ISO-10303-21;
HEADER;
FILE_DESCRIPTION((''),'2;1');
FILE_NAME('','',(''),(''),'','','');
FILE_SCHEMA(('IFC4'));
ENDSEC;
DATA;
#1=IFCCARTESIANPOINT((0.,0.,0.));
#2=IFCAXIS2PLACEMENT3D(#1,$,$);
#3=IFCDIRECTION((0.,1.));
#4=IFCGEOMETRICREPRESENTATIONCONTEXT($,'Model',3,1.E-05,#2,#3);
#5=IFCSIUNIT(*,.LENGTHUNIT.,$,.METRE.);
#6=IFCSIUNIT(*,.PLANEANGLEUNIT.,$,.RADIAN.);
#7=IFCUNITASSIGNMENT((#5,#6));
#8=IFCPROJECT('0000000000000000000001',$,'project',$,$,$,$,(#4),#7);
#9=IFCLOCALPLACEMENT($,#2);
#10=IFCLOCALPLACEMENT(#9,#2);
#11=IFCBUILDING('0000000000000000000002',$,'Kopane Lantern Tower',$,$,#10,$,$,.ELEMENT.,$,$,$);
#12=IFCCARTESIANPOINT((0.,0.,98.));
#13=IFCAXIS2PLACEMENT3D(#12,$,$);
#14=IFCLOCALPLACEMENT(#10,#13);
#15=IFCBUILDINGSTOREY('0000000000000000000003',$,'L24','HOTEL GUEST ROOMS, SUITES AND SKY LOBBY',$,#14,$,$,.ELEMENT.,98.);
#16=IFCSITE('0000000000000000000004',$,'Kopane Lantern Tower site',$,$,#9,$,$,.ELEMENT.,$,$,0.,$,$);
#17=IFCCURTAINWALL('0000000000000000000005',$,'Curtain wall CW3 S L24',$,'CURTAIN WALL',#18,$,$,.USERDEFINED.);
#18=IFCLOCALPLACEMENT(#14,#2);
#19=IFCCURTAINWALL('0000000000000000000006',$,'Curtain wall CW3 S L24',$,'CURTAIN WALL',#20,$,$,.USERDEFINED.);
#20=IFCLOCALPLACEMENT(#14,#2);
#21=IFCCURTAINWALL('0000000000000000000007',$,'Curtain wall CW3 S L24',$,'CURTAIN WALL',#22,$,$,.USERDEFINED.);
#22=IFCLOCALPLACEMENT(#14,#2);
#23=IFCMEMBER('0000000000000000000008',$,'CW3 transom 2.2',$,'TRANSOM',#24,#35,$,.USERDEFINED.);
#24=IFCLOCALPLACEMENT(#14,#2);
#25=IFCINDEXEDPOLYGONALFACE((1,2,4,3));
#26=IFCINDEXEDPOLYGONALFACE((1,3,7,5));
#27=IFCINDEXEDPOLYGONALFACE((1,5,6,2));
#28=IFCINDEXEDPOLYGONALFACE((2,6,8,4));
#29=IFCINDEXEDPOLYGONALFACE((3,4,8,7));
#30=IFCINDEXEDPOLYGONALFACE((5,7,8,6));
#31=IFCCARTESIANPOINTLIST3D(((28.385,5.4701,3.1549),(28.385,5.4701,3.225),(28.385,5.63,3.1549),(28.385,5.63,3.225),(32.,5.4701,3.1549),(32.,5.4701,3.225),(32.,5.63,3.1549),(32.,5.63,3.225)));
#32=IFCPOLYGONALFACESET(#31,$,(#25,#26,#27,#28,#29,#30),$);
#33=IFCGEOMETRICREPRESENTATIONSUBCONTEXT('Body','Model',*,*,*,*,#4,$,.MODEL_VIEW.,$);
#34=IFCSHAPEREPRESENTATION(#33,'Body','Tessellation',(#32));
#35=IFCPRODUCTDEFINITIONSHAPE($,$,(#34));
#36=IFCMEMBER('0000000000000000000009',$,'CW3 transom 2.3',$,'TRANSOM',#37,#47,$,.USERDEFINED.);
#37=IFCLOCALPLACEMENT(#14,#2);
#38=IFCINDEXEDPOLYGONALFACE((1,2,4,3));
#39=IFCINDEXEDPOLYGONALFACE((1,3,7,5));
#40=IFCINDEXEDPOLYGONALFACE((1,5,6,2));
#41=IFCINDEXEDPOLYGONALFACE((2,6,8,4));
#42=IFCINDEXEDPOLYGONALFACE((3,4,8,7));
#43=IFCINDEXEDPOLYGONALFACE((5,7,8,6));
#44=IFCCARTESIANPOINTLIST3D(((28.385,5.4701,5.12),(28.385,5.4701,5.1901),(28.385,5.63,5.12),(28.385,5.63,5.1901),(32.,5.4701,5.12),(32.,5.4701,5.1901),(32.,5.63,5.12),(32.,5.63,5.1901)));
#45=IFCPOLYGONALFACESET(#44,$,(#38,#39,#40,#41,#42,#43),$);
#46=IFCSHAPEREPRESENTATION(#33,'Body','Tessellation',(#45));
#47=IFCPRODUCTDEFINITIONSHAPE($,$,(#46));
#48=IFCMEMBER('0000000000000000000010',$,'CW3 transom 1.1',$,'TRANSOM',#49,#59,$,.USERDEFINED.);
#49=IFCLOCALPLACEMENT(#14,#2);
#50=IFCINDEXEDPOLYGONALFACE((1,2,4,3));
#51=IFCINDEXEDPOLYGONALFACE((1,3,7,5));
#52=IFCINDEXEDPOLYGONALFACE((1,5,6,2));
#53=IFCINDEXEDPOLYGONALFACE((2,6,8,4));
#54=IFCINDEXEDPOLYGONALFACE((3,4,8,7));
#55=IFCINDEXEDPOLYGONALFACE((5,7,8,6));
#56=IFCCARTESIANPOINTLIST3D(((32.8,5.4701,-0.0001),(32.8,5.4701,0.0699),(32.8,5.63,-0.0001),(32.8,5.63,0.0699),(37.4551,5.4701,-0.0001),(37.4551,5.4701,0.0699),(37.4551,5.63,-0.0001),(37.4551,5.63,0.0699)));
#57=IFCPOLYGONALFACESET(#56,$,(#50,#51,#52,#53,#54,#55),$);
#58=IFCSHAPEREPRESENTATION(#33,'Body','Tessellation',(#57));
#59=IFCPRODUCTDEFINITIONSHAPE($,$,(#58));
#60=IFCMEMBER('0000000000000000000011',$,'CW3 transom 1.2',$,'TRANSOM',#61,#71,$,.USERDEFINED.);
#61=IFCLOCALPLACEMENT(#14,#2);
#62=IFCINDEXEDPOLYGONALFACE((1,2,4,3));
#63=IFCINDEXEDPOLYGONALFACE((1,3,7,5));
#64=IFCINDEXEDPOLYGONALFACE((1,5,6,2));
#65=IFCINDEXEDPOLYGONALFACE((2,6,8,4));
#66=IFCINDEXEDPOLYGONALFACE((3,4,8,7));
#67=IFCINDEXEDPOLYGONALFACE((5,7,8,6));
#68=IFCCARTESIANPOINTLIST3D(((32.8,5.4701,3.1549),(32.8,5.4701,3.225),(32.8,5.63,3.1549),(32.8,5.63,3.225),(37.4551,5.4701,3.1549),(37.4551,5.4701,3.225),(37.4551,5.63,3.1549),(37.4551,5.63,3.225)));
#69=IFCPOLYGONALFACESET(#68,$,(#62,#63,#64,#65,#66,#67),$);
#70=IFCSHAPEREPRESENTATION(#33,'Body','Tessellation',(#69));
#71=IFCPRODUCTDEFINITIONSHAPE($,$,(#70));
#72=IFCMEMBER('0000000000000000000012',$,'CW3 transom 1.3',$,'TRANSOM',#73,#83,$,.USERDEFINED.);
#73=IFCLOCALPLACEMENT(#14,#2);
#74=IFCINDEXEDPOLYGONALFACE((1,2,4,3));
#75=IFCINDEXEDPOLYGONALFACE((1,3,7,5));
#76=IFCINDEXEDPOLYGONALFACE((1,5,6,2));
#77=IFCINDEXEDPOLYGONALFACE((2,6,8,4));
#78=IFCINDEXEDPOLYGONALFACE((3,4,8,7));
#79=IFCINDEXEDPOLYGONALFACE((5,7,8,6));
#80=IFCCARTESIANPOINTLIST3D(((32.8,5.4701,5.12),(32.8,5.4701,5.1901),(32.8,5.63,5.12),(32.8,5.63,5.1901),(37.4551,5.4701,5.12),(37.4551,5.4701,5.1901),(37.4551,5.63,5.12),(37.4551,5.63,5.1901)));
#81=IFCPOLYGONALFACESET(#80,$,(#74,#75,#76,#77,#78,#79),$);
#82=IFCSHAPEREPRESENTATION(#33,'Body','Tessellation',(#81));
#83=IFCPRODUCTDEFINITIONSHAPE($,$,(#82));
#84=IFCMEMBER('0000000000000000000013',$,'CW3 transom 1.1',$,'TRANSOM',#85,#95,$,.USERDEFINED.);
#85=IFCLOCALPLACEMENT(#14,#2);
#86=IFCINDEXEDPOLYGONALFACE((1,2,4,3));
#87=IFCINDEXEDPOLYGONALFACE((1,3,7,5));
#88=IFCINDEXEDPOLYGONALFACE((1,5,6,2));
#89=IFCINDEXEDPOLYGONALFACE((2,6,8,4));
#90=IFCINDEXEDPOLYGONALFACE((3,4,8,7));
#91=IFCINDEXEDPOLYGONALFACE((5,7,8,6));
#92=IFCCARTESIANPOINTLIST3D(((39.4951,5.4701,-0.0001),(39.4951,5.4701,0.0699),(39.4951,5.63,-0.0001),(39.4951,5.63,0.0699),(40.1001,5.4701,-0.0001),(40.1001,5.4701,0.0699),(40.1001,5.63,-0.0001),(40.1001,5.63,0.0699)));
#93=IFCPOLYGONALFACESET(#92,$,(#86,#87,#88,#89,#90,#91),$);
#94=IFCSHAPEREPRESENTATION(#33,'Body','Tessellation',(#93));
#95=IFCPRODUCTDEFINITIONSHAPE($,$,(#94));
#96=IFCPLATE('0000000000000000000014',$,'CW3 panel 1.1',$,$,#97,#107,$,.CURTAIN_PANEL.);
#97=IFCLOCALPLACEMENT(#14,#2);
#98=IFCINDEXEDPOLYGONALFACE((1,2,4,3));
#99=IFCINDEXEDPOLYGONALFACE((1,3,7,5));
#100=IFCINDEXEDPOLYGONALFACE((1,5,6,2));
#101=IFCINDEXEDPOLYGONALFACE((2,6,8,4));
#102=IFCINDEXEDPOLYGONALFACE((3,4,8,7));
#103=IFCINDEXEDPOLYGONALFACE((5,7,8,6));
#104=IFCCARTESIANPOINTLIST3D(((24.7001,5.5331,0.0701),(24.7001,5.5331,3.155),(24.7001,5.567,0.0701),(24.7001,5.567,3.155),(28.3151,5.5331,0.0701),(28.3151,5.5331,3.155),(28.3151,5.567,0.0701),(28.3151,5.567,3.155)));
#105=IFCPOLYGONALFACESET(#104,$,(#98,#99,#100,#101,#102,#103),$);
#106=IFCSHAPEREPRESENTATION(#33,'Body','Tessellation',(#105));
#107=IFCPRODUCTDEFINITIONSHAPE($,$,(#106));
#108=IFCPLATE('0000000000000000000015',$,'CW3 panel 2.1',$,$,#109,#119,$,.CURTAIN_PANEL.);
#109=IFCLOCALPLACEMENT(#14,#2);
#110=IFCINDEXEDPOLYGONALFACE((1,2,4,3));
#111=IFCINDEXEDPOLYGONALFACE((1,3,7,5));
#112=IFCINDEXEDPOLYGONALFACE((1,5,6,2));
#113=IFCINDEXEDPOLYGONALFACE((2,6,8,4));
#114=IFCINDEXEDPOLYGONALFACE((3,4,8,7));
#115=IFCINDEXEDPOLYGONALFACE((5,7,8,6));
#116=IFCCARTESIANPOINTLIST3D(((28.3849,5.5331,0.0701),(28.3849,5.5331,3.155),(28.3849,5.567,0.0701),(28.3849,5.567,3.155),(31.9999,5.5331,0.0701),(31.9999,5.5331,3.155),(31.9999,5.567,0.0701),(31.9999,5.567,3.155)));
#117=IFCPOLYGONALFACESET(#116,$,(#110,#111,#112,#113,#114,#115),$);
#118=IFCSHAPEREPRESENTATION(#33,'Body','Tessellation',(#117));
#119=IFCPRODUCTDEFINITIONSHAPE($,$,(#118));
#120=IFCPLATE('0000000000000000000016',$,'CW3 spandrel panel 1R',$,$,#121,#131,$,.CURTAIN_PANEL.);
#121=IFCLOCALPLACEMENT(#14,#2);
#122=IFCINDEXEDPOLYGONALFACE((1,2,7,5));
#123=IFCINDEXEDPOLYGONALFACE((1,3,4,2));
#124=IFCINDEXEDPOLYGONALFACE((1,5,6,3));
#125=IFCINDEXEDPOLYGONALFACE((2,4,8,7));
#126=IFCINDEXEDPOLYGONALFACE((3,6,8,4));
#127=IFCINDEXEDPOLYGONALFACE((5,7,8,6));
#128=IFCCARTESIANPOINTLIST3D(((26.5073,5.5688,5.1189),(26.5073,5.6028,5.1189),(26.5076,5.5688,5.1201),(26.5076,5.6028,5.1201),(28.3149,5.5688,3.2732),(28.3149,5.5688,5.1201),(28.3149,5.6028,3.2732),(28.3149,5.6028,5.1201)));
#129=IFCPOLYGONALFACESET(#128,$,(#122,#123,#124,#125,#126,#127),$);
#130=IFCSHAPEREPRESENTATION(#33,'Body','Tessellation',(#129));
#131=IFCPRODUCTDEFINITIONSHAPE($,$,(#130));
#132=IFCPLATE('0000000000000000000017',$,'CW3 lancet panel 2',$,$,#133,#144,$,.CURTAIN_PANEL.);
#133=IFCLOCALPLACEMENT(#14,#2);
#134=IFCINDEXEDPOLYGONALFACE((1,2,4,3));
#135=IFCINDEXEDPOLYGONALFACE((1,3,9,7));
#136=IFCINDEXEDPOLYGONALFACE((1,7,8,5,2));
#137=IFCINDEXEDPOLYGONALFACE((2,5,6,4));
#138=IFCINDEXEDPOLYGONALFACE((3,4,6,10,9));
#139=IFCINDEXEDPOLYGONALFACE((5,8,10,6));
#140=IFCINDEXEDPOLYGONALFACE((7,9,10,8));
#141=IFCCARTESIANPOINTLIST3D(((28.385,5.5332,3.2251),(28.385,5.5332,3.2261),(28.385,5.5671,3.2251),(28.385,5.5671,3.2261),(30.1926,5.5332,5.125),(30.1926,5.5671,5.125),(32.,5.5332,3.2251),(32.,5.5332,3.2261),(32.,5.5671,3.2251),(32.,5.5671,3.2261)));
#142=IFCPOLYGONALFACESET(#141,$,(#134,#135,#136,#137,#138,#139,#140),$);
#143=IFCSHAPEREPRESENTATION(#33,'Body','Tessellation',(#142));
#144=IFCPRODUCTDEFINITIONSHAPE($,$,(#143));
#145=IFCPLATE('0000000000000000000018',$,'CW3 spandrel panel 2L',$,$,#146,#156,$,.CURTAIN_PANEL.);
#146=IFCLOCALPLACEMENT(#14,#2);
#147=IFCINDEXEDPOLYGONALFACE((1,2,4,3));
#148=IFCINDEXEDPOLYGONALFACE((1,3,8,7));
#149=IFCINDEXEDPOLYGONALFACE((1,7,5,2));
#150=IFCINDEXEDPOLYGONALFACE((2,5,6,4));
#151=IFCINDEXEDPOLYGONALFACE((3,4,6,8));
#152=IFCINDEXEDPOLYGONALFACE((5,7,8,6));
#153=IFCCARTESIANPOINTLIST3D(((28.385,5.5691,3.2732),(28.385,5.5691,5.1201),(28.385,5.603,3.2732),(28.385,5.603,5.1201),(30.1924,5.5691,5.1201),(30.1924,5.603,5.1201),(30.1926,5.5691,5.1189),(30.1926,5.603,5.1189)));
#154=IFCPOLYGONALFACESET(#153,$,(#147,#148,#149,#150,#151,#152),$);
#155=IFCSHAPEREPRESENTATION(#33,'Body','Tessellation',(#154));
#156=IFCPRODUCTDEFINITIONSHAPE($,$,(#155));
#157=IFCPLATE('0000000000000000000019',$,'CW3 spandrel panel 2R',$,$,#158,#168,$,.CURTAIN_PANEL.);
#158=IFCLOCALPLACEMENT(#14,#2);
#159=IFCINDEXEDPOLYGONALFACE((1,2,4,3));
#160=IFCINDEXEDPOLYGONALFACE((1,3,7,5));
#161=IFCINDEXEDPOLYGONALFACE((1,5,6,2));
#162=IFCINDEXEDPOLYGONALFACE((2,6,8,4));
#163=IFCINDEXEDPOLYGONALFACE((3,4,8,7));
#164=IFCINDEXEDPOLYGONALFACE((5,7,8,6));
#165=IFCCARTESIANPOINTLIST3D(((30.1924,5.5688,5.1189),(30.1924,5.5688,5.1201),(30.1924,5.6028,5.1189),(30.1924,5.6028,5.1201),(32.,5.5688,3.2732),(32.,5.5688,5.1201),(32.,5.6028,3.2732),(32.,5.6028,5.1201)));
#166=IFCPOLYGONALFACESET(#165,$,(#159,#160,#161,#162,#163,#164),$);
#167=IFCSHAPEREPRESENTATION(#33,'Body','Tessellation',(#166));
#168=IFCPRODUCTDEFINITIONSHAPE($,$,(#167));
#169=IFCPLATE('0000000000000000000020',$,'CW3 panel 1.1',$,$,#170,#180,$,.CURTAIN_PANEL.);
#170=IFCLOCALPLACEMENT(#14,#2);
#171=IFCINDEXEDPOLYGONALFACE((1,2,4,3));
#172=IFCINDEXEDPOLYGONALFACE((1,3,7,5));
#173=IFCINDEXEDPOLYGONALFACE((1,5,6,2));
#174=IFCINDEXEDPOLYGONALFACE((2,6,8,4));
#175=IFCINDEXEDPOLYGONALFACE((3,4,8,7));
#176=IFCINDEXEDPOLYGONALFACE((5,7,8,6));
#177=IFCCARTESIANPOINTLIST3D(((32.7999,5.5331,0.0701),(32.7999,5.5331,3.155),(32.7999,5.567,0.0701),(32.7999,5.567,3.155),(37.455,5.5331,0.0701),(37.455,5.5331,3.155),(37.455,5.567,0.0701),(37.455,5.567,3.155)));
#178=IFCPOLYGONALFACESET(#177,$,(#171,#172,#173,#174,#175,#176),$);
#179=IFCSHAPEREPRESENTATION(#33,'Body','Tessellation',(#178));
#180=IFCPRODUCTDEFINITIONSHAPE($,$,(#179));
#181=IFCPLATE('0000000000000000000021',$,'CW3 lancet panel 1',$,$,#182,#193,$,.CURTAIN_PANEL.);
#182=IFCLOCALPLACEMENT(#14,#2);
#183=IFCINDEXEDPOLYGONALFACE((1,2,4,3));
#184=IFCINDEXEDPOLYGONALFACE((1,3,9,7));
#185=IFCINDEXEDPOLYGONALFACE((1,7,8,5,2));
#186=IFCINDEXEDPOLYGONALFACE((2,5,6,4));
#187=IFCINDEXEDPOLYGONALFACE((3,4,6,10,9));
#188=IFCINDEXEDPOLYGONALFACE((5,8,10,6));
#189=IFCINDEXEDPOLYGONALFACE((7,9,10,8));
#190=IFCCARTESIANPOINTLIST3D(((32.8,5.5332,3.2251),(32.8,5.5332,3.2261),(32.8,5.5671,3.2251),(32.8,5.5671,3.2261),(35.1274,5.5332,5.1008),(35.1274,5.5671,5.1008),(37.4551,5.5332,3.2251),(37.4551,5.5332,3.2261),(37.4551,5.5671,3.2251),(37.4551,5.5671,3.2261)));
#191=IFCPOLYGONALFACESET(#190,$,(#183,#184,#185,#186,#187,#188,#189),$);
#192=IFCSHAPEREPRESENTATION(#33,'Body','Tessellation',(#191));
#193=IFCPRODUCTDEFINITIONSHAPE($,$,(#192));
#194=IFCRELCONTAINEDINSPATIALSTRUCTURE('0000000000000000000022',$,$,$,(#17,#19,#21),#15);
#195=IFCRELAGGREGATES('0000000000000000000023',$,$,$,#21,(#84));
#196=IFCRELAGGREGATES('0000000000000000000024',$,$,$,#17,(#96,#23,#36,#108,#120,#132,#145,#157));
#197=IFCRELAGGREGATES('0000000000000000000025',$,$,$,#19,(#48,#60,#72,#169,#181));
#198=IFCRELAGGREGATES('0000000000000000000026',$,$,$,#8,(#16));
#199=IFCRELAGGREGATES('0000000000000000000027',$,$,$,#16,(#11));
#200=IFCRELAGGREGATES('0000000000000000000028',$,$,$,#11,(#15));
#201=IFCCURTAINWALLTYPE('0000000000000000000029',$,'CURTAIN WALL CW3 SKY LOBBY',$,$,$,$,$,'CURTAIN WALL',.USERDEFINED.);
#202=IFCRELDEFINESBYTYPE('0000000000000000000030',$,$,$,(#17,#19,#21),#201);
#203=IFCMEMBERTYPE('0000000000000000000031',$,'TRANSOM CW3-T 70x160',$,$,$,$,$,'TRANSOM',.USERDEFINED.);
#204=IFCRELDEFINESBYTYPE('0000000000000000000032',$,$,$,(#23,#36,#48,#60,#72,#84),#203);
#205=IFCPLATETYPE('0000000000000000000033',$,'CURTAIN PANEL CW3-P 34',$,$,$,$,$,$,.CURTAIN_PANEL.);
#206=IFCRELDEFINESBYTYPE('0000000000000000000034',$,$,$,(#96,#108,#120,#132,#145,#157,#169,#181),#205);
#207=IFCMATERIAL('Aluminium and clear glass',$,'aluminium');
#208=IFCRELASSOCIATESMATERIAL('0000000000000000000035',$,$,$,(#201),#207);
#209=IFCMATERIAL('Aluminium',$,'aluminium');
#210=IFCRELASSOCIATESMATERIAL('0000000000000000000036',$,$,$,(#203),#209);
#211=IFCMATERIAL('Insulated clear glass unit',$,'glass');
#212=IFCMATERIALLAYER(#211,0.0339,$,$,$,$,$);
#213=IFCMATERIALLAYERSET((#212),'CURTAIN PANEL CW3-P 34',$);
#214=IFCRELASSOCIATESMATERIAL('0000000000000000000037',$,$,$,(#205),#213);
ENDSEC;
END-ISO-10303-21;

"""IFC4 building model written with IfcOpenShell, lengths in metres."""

from ifc_helpers import new_model, si_unit, direction, frame, origin, origin_2d, place, context, subcontext, project, spatial, polyline, rectangle, outline, extrude, material, layer, layer_set, material_profile, profile_set, type_object, element, aggregate, save


model = new_model("IFC4")

# Units and contexts
model_context = context("Model", 3, precision=1e-05, world=origin(), true_north=direction((0.0, 1.0)))
body_context = subcontext(model_context, "Body", "Model", "MODEL_VIEW")
ifc_project = project(units=[si_unit("LENGTHUNIT", "METRE"), si_unit("PLANEANGLEUNIT", "RADIAN")], contexts=[model_context])

# Site, building, storey
site_placement = place(None, origin())
site = spatial("IfcSite", under=ifc_project, at=site_placement, Name="Kopane Lantern Tower site", CompositionType="ELEMENT", RefElevation=0.0)
building_placement = place(site_placement, origin())
building = spatial("IfcBuilding", under=site, at=building_placement, Name="Kopane Lantern Tower", CompositionType="ELEMENT")
storey_placement = place(building_placement, frame((0.0, 0.0, 98.0)))
storey = spatial("IfcBuildingStorey", under=building, at=storey_placement, Name="L24", Description="HOTEL GUEST ROOMS, SUITES AND SKY LOBBY", CompositionType="ELEMENT", Elevation=98.0)

# Curtain walls
ifc_material_1 = material(Name="Aluminium and clear glass", Category="aluminium")
curtain_wall_type = type_object("IfcCurtainWallType", Name="CURTAIN WALL CW3 SKY LOBBY", ElementType="CURTAIN WALL", PredefinedType="USERDEFINED", material=ifc_material_1)
curtain_wall_1_placement = place(storey_placement, origin())
curtain_wall_1 = element("IfcCurtainWall", 1, at=curtain_wall_1_placement, inside=storey, type_object=curtain_wall_type, Name="Curtain wall CW3 S L24", ObjectType="CURTAIN WALL", PredefinedType="USERDEFINED")
curtain_wall_2_placement = place(storey_placement, origin())
curtain_wall_2 = element("IfcCurtainWall", 2, at=curtain_wall_2_placement, inside=storey, type_object=curtain_wall_type, Name="Curtain wall CW3 S L24", ObjectType="CURTAIN WALL", PredefinedType="USERDEFINED")

# Curtain wall
curtain_wall_3_placement = place(storey_placement, origin())
curtain_wall_3 = element("IfcCurtainWall", 3, at=curtain_wall_3_placement, inside=storey, type_object=curtain_wall_type, Name="Curtain wall CW3 S L24", ObjectType="CURTAIN WALL", PredefinedType="USERDEFINED")

# Members
ifc_material_2 = material(Name="Aluminium", Category="aluminium")
ifc_material_profile_1 = material_profile(ifc_material_2, rectangle(XDim=0.1599, YDim=0.0701, at=origin_2d()), Name="AL 160x70")
ifc_profile_set_1 = profile_set([ifc_material_profile_1], Name="Aluminium")
member_type_1 = type_object("IfcMemberType", Name="TRANSOM CW3-T 70x160", ElementType="TRANSOM", PredefinedType="USERDEFINED", material=ifc_profile_set_1)
member_1_placement = place(storey_placement, frame((28.385, 5.55, 3.1899), z_axis=(1.0, 0.0, 0.0), x_axis=(0.0, 1.0, 0.0)))
member_1 = element("IfcMember", 4, at=member_1_placement, type_object=member_type_1, Name="CW3 transom 2.2", ObjectType="TRANSOM", PredefinedType="USERDEFINED", context=body_context, shape_type="SweptSolid", body=[
    extrude(rectangle(XDim=0.1599, YDim=0.0701, at=origin_2d()), origin(), (0.0, 0.0, 1.0), 3.615),
])
member_2_placement = place(storey_placement, frame((28.385, 5.55, 5.155), z_axis=(1.0, 0.0, 0.0), x_axis=(0.0, 1.0, 0.0)))
member_2 = element("IfcMember", 5, at=member_2_placement, type_object=member_type_1, Name="CW3 transom 2.3", ObjectType="TRANSOM", PredefinedType="USERDEFINED", context=body_context, shape_type="SweptSolid", body=[
    extrude(rectangle(XDim=0.1599, YDim=0.0701, at=origin_2d()), origin(), (0.0, 0.0, 1.0), 3.615),
])
member_3_placement = place(storey_placement, frame((32.8, 5.55, 0.0349), z_axis=(1.0, 0.0, 0.0), x_axis=(0.0, 1.0, 0.0)))
member_3 = element("IfcMember", 6, at=member_3_placement, type_object=member_type_1, Name="CW3 transom 1.1", ObjectType="TRANSOM", PredefinedType="USERDEFINED", context=body_context, shape_type="SweptSolid", body=[
    extrude(rectangle(XDim=0.1599, YDim=0.0701, at=origin_2d()), origin(), (0.0, 0.0, 1.0), 4.655),
])
member_4_placement = place(storey_placement, frame((32.8, 5.55, 3.1899), z_axis=(1.0, 0.0, 0.0), x_axis=(0.0, 1.0, 0.0)))
member_4 = element("IfcMember", 7, at=member_4_placement, type_object=member_type_1, Name="CW3 transom 1.2", ObjectType="TRANSOM", PredefinedType="USERDEFINED", context=body_context, shape_type="SweptSolid", body=[
    extrude(rectangle(XDim=0.1599, YDim=0.0701, at=origin_2d()), origin(), (0.0, 0.0, 1.0), 4.655),
])
member_5_placement = place(storey_placement, frame((32.8, 5.55, 5.155), z_axis=(1.0, 0.0, 0.0), x_axis=(0.0, 1.0, 0.0)))
member_5 = element("IfcMember", 8, at=member_5_placement, type_object=member_type_1, Name="CW3 transom 1.3", ObjectType="TRANSOM", PredefinedType="USERDEFINED", context=body_context, shape_type="SweptSolid", body=[
    extrude(rectangle(XDim=0.1599, YDim=0.0701, at=origin_2d()), origin(), (0.0, 0.0, 1.0), 4.655),
])
member_6_placement = place(storey_placement, frame((39.4951, 5.55, 0.0349), z_axis=(1.0, 0.0, 0.0), x_axis=(0.0, 1.0, 0.0)))
member_6 = element("IfcMember", 9, at=member_6_placement, type_object=member_type_1, Name="CW3 transom 1.1", ObjectType="TRANSOM", PredefinedType="USERDEFINED", context=body_context, shape_type="SweptSolid", body=[
    extrude(rectangle(XDim=0.1599, YDim=0.0701, at=origin_2d()), origin(), (0.0, 0.0, 1.0), 0.605),
])
aggregate(curtain_wall_3, [member_6])

# Plates
ifc_material_3 = material(Name="Insulated clear glass unit", Category="glass")
ifc_layer_1 = layer(ifc_material_3, 0.0339)
ifc_layer_set_1 = layer_set([ifc_layer_1], Name="CURTAIN PANEL CW3-P 34")
plate_type = type_object("IfcPlateType", Name="CURTAIN PANEL CW3-P 34", PredefinedType="CURTAIN_PANEL", material=ifc_layer_set_1)
plate_1_placement = place(storey_placement, frame((26.5076, 5.55, 0.0701), z_axis=(0.0, 0.0, 1.0), x_axis=(1.0, 0.0, 0.0)))
plate_1 = element("IfcPlate", 10, at=plate_1_placement, type_object=plate_type, Name="CW3 panel 1.1", PredefinedType="CURTAIN_PANEL", context=body_context, shape_type="SweptSolid", body=[
    extrude(rectangle(XDim=3.615, YDim=0.0339, at=origin_2d()), origin(), (0.0, 0.0, 1.0), 3.085),
])
plate_2_placement = place(storey_placement, frame((30.1924, 5.55, 0.0701), z_axis=(0.0, 0.0, 1.0), x_axis=(1.0, 0.0, 0.0)))
plate_2 = element("IfcPlate", 11, at=plate_2_placement, type_object=plate_type, Name="CW3 panel 2.1", PredefinedType="CURTAIN_PANEL", context=body_context, shape_type="SweptSolid", body=[
    extrude(rectangle(XDim=3.615, YDim=0.0339, at=origin_2d()), origin(), (0.0, 0.0, 1.0), 3.085),
])
plate_3_placement = place(storey_placement, frame((28.3149, 5.5859, 5.1201), z_axis=(0.0, 0.0, 1.0), x_axis=(-1.0, 0.0, 0.0)))
plate_3 = element("IfcPlate", 12, at=plate_3_placement, type_object=plate_type, Name="CW3 spandrel panel 1R", PredefinedType="CURTAIN_PANEL", context=body_context, shape_type="SweptSolid", body=[
    extrude(outline(polyline([(0.0, 0.0), (1.8074, 0.0), (1.8076, -0.0012), (0.0, -1.8469), (0.0, 0.0)])), frame((0.0, 0.0171, 0.0), z_axis=(0.0, -1.0, 0.0), x_axis=(1.0, 0.0, 0.0)), (0.0, 0.0, 1.0), 0.0339),
])
plate_4_placement = place(storey_placement, frame((28.385, 5.55, 3.2251), z_axis=(0.0, 0.0, 1.0), x_axis=(1.0, 0.0, 0.0)))
plate_4 = element("IfcPlate", 13, at=plate_4_placement, type_object=plate_type, Name="CW3 lancet panel 2", PredefinedType="CURTAIN_PANEL", context=body_context, shape_type="SweptSolid", body=[
    extrude(outline(polyline([(0.0, 0.0), (3.615, 0.0), (3.615, 0.001), (1.8076, 1.8999), (0.0, 0.001), (0.0, 0.0)])), frame((0.0, 0.0171, 0.0), z_axis=(0.0, -1.0, 0.0), x_axis=(1.0, 0.0, 0.0)), (0.0, 0.0, 1.0), 0.0339),
])
plate_5_placement = place(storey_placement, frame((28.385, 5.5859, 5.1201), z_axis=(0.0, 0.0, 1.0), x_axis=(1.0, 0.0, 0.0)))
plate_5 = element("IfcPlate", 14, at=plate_5_placement, type_object=plate_type, Name="CW3 spandrel panel 2L", PredefinedType="CURTAIN_PANEL", context=body_context, shape_type="SweptSolid", body=[
    extrude(outline(polyline([(0.0, 0.0), (1.8074, 0.0), (1.8076, -0.0012), (0.0, -1.8469), (0.0, 0.0)])), frame((0.0, 0.0171, 0.0), z_axis=(0.0, -1.0, 0.0), x_axis=(1.0, 0.0, 0.0)), (0.0, 0.0, 1.0), 0.0339),
])
plate_6_placement = place(storey_placement, frame((32.0, 5.5859, 5.1201), z_axis=(0.0, 0.0, 1.0), x_axis=(-1.0, 0.0, 0.0)))
plate_6 = element("IfcPlate", 15, at=plate_6_placement, type_object=plate_type, Name="CW3 spandrel panel 2R", PredefinedType="CURTAIN_PANEL", context=body_context, shape_type="SweptSolid", body=[
    extrude(outline(polyline([(0.0, 0.0), (1.8076, 0.0), (1.8076, -0.0012), (0.0, -1.8469), (0.0, 0.0)])), frame((0.0, 0.0171, 0.0), z_axis=(0.0, -1.0, 0.0), x_axis=(1.0, 0.0, 0.0)), (0.0, 0.0, 1.0), 0.0339),
])
aggregate(curtain_wall_1, [plate_1, member_1, member_2, plate_2, plate_3, plate_4, plate_5, plate_6])
plate_7_placement = place(storey_placement, frame((35.1274, 5.55, 0.0701), z_axis=(0.0, 0.0, 1.0), x_axis=(1.0, 0.0, 0.0)))
plate_7 = element("IfcPlate", 16, at=plate_7_placement, type_object=plate_type, Name="CW3 panel 1.1", PredefinedType="CURTAIN_PANEL", context=body_context, shape_type="SweptSolid", body=[
    extrude(rectangle(XDim=4.655, YDim=0.0339, at=origin_2d()), origin(), (0.0, 0.0, 1.0), 3.085),
])
plate_8_placement = place(storey_placement, frame((32.8, 5.55, 3.2251), z_axis=(0.0, 0.0, 1.0), x_axis=(1.0, 0.0, 0.0)))
plate_8 = element("IfcPlate", 17, at=plate_8_placement, type_object=plate_type, Name="CW3 lancet panel 1", PredefinedType="CURTAIN_PANEL", context=body_context, shape_type="SweptSolid", body=[
    extrude(outline(polyline([(0.0, 0.0), (4.655, 0.0), (4.655, 0.001), (2.3274, 1.8757), (0.0, 0.001), (0.0, 0.0)])), frame((0.0, 0.0171, 0.0), z_axis=(0.0, -1.0, 0.0), x_axis=(1.0, 0.0, 0.0)), (0.0, 0.0, 1.0), 0.0339),
])
aggregate(curtain_wall_2, [member_3, member_4, member_5, plate_7, plate_8])

save(model, "model.ifc")
